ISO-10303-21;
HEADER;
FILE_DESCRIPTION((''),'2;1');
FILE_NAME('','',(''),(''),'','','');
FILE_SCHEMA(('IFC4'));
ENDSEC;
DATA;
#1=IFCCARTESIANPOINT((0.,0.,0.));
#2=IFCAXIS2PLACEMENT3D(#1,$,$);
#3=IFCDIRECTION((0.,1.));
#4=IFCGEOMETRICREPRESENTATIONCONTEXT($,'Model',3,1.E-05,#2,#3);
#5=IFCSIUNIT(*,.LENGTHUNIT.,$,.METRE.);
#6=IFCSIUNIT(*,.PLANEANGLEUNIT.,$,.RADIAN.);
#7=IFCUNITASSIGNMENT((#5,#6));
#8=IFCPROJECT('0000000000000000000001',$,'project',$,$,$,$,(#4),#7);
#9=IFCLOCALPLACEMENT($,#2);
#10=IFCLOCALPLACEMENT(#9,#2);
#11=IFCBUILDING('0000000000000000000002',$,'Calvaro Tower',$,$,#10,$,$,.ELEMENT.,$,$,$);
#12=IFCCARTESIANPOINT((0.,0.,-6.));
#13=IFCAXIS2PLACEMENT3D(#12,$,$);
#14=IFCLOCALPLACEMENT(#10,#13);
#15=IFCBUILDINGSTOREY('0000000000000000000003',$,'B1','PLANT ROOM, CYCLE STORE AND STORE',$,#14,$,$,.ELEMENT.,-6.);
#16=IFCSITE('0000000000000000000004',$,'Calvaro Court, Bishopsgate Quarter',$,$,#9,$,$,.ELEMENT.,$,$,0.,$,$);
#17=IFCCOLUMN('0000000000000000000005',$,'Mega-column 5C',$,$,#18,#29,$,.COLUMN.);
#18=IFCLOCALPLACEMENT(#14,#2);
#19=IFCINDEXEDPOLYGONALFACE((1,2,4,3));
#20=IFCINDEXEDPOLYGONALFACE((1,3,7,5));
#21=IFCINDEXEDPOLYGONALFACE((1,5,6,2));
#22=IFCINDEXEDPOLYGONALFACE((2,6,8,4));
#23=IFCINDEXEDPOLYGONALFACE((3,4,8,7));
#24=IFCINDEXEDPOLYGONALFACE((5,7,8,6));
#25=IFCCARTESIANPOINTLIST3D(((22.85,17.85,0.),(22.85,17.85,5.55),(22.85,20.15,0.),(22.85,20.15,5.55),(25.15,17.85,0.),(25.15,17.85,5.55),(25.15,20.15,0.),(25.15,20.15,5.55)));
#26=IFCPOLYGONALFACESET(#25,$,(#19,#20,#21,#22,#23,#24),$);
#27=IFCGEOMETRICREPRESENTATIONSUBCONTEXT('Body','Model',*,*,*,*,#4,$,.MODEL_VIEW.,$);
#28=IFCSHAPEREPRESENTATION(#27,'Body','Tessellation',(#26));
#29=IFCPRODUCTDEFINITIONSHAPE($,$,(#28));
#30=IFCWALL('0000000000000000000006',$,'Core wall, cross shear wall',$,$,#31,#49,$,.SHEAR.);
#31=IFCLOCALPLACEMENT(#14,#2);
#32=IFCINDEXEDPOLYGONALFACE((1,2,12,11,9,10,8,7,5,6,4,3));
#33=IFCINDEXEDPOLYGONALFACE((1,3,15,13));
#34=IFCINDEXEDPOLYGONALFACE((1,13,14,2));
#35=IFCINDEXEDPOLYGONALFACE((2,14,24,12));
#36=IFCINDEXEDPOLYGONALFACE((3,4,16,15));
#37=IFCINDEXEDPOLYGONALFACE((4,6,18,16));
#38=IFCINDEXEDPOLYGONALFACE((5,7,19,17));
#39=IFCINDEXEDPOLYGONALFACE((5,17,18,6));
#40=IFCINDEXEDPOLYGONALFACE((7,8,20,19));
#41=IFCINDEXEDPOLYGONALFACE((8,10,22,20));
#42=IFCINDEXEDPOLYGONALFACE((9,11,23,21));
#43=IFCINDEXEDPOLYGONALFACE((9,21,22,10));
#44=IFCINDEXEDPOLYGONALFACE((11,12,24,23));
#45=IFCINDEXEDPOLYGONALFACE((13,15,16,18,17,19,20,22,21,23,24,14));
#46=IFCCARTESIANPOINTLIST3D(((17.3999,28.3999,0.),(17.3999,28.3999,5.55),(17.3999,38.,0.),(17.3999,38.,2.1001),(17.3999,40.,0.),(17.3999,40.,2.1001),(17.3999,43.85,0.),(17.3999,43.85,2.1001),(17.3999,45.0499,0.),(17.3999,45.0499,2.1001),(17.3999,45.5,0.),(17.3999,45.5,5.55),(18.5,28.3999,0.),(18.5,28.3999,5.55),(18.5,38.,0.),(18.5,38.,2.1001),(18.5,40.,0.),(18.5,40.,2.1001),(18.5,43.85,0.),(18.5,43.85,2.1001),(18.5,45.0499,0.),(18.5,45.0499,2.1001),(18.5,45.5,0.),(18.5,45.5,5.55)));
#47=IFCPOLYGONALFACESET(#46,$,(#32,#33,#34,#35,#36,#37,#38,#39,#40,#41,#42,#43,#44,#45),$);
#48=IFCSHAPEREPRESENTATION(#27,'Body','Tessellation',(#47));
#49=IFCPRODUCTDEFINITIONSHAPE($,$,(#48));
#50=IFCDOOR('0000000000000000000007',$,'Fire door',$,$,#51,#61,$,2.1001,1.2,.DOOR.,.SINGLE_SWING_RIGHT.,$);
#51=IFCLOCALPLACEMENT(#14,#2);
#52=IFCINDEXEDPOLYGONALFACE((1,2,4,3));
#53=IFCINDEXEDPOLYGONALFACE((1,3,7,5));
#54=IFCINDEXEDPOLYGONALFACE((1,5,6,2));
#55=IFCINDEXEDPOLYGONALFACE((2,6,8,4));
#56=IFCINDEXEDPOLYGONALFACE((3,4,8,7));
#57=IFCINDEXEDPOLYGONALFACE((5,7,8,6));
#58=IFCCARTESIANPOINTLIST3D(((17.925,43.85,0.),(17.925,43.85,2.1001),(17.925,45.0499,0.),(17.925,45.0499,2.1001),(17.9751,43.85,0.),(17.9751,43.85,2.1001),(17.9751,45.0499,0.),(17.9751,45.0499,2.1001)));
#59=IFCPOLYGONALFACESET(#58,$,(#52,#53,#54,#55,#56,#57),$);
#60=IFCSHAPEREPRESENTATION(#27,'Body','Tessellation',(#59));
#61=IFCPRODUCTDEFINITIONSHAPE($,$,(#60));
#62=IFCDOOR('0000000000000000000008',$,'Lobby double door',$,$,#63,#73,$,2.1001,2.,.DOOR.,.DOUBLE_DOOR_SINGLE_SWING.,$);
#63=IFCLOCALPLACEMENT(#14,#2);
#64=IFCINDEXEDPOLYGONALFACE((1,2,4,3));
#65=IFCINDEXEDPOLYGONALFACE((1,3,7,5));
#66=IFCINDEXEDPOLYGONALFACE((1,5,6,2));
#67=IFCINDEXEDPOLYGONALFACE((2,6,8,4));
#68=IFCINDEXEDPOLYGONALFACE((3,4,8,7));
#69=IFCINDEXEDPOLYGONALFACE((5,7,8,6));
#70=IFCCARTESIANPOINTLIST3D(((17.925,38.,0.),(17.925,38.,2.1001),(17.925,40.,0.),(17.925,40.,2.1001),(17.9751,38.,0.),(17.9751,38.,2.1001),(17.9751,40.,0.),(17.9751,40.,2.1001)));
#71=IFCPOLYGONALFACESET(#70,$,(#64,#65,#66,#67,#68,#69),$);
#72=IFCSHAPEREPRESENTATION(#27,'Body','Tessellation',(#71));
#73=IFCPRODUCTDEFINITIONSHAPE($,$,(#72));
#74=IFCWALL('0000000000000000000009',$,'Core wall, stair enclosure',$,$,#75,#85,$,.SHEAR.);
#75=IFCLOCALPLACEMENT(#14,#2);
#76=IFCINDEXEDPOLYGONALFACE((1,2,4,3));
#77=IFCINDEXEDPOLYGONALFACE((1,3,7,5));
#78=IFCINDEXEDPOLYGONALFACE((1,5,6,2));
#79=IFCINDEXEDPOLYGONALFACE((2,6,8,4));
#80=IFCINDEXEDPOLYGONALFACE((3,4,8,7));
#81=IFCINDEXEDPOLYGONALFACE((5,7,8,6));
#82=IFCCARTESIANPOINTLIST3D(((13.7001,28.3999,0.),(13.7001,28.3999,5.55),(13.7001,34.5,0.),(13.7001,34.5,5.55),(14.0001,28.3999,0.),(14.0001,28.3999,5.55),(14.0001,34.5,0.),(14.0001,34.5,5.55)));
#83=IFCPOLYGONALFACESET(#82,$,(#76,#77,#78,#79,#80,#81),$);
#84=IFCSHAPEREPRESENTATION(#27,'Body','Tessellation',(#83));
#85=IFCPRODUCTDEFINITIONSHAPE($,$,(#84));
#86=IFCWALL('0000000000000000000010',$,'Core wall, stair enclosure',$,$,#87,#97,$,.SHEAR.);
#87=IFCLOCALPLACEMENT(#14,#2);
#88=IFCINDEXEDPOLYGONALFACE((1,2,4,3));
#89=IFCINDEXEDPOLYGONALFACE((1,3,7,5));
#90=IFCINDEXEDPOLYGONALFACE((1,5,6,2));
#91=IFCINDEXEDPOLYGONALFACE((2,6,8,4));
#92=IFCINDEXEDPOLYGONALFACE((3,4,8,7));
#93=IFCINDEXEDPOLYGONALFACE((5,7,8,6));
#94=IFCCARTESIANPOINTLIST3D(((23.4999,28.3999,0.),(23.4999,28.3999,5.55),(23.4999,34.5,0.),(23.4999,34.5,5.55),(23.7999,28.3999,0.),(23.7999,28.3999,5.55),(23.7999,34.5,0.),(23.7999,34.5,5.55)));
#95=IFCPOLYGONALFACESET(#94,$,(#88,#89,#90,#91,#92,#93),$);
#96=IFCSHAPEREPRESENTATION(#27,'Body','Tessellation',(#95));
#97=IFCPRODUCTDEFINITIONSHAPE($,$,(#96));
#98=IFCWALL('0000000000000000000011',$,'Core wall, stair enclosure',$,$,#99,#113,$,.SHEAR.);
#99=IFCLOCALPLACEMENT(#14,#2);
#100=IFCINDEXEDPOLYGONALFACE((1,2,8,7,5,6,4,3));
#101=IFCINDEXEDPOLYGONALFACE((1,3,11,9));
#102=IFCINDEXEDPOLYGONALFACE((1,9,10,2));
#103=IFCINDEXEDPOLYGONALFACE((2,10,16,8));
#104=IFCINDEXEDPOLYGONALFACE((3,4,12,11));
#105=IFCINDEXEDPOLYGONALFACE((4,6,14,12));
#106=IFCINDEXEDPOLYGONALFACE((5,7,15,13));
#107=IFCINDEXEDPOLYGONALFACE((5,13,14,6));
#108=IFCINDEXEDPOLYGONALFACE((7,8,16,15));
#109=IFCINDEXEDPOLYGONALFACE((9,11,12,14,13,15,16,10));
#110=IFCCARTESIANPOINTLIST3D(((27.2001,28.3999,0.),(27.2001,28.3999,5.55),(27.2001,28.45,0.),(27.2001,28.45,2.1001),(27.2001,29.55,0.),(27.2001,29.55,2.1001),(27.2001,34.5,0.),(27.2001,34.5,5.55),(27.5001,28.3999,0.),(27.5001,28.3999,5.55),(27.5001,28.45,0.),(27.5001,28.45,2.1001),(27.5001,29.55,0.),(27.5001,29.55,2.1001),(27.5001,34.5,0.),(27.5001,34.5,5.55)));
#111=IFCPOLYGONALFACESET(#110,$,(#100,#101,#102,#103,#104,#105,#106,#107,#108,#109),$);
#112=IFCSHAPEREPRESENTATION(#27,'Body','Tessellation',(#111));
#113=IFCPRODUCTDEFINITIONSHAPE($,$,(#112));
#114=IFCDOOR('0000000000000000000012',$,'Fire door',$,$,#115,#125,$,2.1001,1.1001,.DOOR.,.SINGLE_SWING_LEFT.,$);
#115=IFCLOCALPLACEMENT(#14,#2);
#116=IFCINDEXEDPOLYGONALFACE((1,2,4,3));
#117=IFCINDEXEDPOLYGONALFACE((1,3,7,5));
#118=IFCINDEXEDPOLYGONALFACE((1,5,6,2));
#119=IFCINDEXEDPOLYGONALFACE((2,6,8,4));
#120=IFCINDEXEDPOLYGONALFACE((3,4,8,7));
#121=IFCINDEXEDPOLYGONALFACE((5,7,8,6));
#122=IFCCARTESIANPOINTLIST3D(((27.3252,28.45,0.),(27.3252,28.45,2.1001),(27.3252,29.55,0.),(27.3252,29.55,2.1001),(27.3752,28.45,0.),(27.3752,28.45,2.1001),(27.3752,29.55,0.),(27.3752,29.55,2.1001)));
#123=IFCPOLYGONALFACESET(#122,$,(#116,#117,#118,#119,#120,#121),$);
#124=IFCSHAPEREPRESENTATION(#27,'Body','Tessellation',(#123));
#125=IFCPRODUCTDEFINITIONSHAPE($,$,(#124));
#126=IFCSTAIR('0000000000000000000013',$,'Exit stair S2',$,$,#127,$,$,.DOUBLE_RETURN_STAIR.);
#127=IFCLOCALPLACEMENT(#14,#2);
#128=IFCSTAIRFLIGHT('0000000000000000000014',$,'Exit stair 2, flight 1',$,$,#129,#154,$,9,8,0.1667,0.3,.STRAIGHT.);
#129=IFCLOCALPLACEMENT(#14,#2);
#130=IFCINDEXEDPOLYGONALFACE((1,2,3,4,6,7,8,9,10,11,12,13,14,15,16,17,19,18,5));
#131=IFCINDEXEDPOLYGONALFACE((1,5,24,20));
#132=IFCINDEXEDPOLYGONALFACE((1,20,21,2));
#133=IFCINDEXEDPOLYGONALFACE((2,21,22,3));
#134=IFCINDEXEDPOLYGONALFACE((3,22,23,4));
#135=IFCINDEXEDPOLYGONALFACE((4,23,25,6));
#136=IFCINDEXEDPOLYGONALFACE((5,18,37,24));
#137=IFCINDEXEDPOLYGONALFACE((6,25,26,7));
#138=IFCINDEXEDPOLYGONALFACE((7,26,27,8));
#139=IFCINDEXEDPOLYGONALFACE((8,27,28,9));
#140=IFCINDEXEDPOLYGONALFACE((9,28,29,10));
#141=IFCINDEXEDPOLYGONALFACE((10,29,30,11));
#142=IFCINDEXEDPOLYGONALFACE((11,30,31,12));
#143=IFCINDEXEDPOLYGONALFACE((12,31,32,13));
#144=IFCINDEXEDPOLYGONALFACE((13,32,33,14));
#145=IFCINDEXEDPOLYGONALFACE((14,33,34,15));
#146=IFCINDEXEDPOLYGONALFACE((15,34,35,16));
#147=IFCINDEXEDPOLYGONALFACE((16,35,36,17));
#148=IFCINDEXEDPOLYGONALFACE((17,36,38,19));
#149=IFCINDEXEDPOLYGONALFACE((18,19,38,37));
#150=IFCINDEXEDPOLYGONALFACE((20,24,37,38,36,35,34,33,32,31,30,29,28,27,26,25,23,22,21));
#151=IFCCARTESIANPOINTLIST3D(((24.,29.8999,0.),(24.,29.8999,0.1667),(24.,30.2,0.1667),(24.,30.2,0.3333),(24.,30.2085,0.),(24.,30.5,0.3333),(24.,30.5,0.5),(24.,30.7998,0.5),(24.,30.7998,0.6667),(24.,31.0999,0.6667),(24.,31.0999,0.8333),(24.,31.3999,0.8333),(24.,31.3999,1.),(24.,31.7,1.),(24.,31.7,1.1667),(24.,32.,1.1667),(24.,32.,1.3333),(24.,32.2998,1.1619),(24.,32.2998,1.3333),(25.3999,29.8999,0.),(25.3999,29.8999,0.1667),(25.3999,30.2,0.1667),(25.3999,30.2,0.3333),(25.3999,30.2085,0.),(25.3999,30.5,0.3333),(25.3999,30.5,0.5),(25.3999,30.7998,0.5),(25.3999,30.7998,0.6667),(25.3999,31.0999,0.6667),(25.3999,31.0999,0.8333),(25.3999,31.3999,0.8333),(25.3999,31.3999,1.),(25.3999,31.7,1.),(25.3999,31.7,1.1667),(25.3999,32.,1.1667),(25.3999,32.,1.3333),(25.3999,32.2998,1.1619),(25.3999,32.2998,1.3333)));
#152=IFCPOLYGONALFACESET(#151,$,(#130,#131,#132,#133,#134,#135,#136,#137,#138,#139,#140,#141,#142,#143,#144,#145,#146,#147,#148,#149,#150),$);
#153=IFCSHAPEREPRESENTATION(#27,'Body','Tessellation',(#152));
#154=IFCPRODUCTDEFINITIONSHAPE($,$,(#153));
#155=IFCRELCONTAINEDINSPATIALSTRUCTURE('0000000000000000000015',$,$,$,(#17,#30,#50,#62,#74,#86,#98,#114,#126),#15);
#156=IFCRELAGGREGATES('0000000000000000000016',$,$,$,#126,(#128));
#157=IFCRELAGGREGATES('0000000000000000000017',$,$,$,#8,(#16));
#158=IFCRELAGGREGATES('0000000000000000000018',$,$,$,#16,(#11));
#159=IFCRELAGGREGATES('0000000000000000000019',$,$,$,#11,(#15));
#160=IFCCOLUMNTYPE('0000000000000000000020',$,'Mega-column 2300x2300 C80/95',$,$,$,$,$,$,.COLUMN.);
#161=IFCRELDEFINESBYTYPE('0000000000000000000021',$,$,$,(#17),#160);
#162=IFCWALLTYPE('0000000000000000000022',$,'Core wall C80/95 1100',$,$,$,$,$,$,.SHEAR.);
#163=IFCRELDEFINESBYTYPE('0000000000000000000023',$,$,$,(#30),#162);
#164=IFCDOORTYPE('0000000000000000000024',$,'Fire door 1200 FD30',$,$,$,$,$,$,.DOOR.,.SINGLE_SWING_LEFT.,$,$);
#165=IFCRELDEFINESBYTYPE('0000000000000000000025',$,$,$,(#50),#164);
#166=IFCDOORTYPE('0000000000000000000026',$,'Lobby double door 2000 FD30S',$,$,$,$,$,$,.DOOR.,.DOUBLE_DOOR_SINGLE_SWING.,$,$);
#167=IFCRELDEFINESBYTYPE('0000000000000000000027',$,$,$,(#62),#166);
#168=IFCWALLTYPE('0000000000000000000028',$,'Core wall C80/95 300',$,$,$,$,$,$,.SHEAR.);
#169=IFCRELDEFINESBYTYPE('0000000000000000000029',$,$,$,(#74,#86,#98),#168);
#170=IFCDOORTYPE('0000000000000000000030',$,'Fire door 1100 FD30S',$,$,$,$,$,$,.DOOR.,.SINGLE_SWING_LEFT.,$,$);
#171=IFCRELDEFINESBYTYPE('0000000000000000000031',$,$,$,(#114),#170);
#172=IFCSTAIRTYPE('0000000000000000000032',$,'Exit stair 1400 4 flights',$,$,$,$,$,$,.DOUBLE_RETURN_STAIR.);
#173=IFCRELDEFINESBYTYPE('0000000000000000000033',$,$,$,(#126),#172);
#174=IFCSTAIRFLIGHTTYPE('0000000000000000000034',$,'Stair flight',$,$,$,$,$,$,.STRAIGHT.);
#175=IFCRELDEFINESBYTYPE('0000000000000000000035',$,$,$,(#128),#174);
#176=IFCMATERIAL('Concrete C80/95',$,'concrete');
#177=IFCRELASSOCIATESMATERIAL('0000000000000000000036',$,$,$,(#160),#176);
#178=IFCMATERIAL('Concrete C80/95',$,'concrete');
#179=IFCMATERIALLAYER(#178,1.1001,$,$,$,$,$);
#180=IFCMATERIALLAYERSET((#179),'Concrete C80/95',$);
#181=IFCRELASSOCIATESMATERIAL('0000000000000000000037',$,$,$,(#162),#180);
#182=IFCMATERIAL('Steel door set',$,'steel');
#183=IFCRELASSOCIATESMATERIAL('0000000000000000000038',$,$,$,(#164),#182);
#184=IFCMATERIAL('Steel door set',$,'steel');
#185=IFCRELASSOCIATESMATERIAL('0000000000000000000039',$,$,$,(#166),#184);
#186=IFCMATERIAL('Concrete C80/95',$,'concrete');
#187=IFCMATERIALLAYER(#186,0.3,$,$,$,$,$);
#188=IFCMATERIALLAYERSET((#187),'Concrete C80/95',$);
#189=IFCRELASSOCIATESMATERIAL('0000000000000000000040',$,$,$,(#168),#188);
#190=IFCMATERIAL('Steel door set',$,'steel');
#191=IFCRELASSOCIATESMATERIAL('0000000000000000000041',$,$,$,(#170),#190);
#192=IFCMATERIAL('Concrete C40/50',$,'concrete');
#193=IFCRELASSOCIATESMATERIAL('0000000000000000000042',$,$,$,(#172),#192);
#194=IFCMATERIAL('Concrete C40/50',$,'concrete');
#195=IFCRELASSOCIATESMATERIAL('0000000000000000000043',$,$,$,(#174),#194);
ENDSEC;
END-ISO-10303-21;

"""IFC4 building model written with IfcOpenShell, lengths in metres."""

from ifc_helpers import new_model, si_unit, direction, frame, frame_2d, origin, origin_2d, place, context, subcontext, project, spatial, polyline, rectangle, outline, extrude, material, layer, layer_set, material_profile, profile_set, type_object, element, fill, aggregate, save


model = new_model("IFC4")

# Units and contexts
model_context = context("Model", 3, precision=1e-05, world=origin(), true_north=direction((0.0, 1.0)))
body_context = subcontext(model_context, "Body", "Model", "MODEL_VIEW")
ifc_project = project(units=[si_unit("LENGTHUNIT", "METRE"), si_unit("PLANEANGLEUNIT", "RADIAN")], contexts=[model_context])

# Site, building, storey
site_placement = place(None, origin())
site = spatial("IfcSite", under=ifc_project, at=site_placement, Name="Calvaro Court, Bishopsgate Quarter", CompositionType="ELEMENT", RefElevation=0.0)
building_placement = place(site_placement, origin())
building = spatial("IfcBuilding", under=site, at=building_placement, Name="Calvaro Tower", CompositionType="ELEMENT")
storey_placement = place(building_placement, frame((0.0, 0.0, -6.0)))
storey = spatial("IfcBuildingStorey", under=building, at=storey_placement, Name="B1", Description="PLANT ROOM, CYCLE STORE AND STORE", CompositionType="ELEMENT", Elevation=-6.0)

# Column
ifc_material_1 = material(Name="Concrete C80/95", Category="concrete")
ifc_material_profile = material_profile(ifc_material_1, rectangle(XDim=2.3, YDim=2.3, at=origin_2d()), Name="RC 2300x2300")
ifc_profile_set = profile_set([ifc_material_profile], Name="Concrete C80/95")
column_type = type_object("IfcColumnType", Name="Mega-column 2300x2300 C80/95", PredefinedType="COLUMN", material=ifc_profile_set)
column_placement = place(storey_placement, frame((24.0, 19.0, 0.0), z_axis=(0.0, 0.0, 1.0), x_axis=(1.0, 0.0, 0.0)))
element("IfcColumn", 1, at=column_placement, inside=storey, type_object=column_type, Name="Mega-column 5C", PredefinedType="COLUMN", context=body_context, shape_type="SweptSolid", body=[
    extrude(rectangle(XDim=2.3, YDim=2.3, at=origin_2d()), origin(), (0.0, 0.0, 1.0), 5.55),
])

# Wall, openings, doors
ifc_material_2 = material(Name="Concrete C80/95", Category="concrete")
ifc_layer_1 = layer(ifc_material_2, 1.1001)
ifc_layer_set_1 = layer_set([ifc_layer_1], Name="Concrete C80/95")
wall_type_1 = type_object("IfcWallType", Name="Core wall C80/95 1100", PredefinedType="SHEAR", material=ifc_layer_set_1)
wall_1_placement = place(storey_placement, frame((17.95, 28.3999, 0.0), z_axis=(0.0, 0.0, 1.0), x_axis=(0.0, 1.0, 0.0)))
wall_1 = element("IfcWall", 2, at=wall_1_placement, inside=storey, type_object=wall_type_1, Name="Core wall, cross shear wall", PredefinedType="SHEAR", context=body_context, shape_type="SweptSolid", body=[
    extrude(rectangle(XDim=17.1001, YDim=1.1001, at=frame_2d((8.55, 0.0))), origin(), (0.0, 0.0, 1.0), 5.55),
])
opening_1_placement = place(wall_1_placement, frame((9.6001, 0.0, 0.0)))
opening_1 = element("IfcOpeningElement", 3, at=opening_1_placement, cuts=wall_1, PredefinedType="OPENING", context=body_context, shape_type="SweptSolid", body=[
    extrude(rectangle(XDim=2.0, YDim=2.1001, at=frame_2d((1.0, 1.05))), frame((0.0, 0.5601, 0.0), z_axis=(0.0, -1.0, 0.0), x_axis=(1.0, 0.0, 0.0)), (0.0, 0.0, 1.0), 1.1201),
])
opening_2_placement = place(wall_1_placement, frame((15.45, 0.0, 0.0)))
opening_2 = element("IfcOpeningElement", 4, at=opening_2_placement, cuts=wall_1, PredefinedType="OPENING", context=body_context, shape_type="SweptSolid", body=[
    extrude(rectangle(XDim=1.2, YDim=2.1001, at=frame_2d((0.6001, 1.05))), frame((0.0, 0.5601, 0.0), z_axis=(0.0, -1.0, 0.0), x_axis=(1.0, 0.0, 0.0)), (0.0, 0.0, 1.0), 1.1201),
])
ifc_material_3 = material(Name="Steel door set", Category="steel")
door_type_1 = type_object("IfcDoorType", Name="Fire door 1200 FD30", OperationType="SINGLE_SWING_LEFT", PredefinedType="DOOR", material=ifc_material_3)
door_1_placement = place(opening_2_placement, origin())
door_1 = element("IfcDoor", 5, at=door_1_placement, inside=storey, type_object=door_type_1, Name="Fire door", OperationType="SINGLE_SWING_RIGHT", OverallHeight=2.1001, OverallWidth=1.2, PredefinedType="DOOR", context=body_context, shape_type="SweptSolid", body=[
    extrude(rectangle(XDim=1.2, YDim=2.1001, at=frame_2d((0.6001, 1.05))), frame((0.0, 0.0249, 0.0), z_axis=(0.0, -1.0, 0.0), x_axis=(1.0, 0.0, 0.0)), (0.0, 0.0, 1.0), 0.05),
])
fill(opening_2, door_1)
ifc_material_4 = material(Name="Steel door set", Category="steel")
door_type_2 = type_object("IfcDoorType", Name="Lobby double door 2000 FD30S", OperationType="DOUBLE_DOOR_SINGLE_SWING", PredefinedType="DOOR", material=ifc_material_4)
door_2_placement = place(opening_1_placement, origin())
door_2 = element("IfcDoor", 6, at=door_2_placement, inside=storey, type_object=door_type_2, Name="Lobby double door", OperationType="DOUBLE_DOOR_SINGLE_SWING", OverallHeight=2.1001, OverallWidth=2.0, PredefinedType="DOOR", context=body_context, shape_type="SweptSolid", body=[
    extrude(rectangle(XDim=2.0, YDim=2.1001, at=frame_2d((1.0, 1.05))), frame((0.0, 0.0249, 0.0), z_axis=(0.0, -1.0, 0.0), x_axis=(1.0, 0.0, 0.0)), (0.0, 0.0, 1.0), 0.05),
])
fill(opening_1, door_2)

# Walls
ifc_material_5 = material(Name="Concrete C80/95", Category="concrete")
ifc_layer_2 = layer(ifc_material_5, 0.3)
ifc_layer_set_2 = layer_set([ifc_layer_2], Name="Concrete C80/95")
wall_type_2 = type_object("IfcWallType", Name="Core wall C80/95 300", PredefinedType="SHEAR", material=ifc_layer_set_2)
for number, where, z_axis, x_axis, name in (
    (7, (13.8501, 28.3999, 0.0), (0.0, 0.0, 1.0), (0.0, 1.0, 0.0), "Core wall, stair enclosure"),
    (8, (23.6499, 28.3999, 0.0), (0.0, 0.0, 1.0), (0.0, 1.0, 0.0), "Core wall, stair enclosure"),
):
    element("IfcWall", number, at=place(storey_placement, frame(where, z_axis=z_axis, x_axis=x_axis)), inside=storey, type_object=wall_type_2, Name=name, PredefinedType="SHEAR", context=body_context, shape_type="SweptSolid", body=[
        extrude(rectangle(XDim=6.1001, YDim=0.3, at=frame_2d((3.05, 0.0))), origin(), (0.0, 0.0, 1.0), 5.55),
    ])

# Wall, opening, door
wall_2_placement = place(storey_placement, frame((27.3501, 28.3999, 0.0), z_axis=(0.0, 0.0, 1.0), x_axis=(0.0, 1.0, 0.0)))
wall_2 = element("IfcWall", 9, at=wall_2_placement, inside=storey, type_object=wall_type_2, Name="Core wall, stair enclosure", PredefinedType="SHEAR", context=body_context, shape_type="SweptSolid", body=[
    extrude(rectangle(XDim=6.1001, YDim=0.3, at=frame_2d((3.05, 0.0))), origin(), (0.0, 0.0, 1.0), 5.55),
])
opening_3_placement = place(wall_2_placement, frame((0.05, 0.0, 0.0)))
opening_3 = element("IfcOpeningElement", 10, at=opening_3_placement, cuts=wall_2, PredefinedType="OPENING", context=body_context, shape_type="SweptSolid", body=[
    extrude(rectangle(XDim=1.1001, YDim=2.1001, at=frame_2d((0.55, 1.05))), frame((0.0, 0.1599, 0.0), z_axis=(0.0, -1.0, 0.0), x_axis=(1.0, 0.0, 0.0)), (0.0, 0.0, 1.0), 0.3201),
])
ifc_material_6 = material(Name="Steel door set", Category="steel")
door_type_3 = type_object("IfcDoorType", Name="Fire door 1100 FD30S", OperationType="SINGLE_SWING_LEFT", PredefinedType="DOOR", material=ifc_material_6)
door_3_placement = place(opening_3_placement, origin())
door_3 = element("IfcDoor", 11, at=door_3_placement, inside=storey, type_object=door_type_3, Name="Fire door", OperationType="SINGLE_SWING_LEFT", OverallHeight=2.1001, OverallWidth=1.1001, PredefinedType="DOOR", context=body_context, shape_type="SweptSolid", body=[
    extrude(rectangle(XDim=1.1001, YDim=2.1001, at=frame_2d((0.55, 1.05))), frame((0.0, 0.0249, 0.0), z_axis=(0.0, -1.0, 0.0), x_axis=(1.0, 0.0, 0.0)), (0.0, 0.0, 1.0), 0.05),
])
fill(opening_3, door_3)

# Stair, stair flight
ifc_material_7 = material(Name="Concrete C40/50", Category="concrete")
stair_type = type_object("IfcStairType", Name="Exit stair 1400 4 flights", PredefinedType="DOUBLE_RETURN_STAIR", material=ifc_material_7)
stair_placement = place(storey_placement, origin())
stair = element("IfcStair", 12, at=stair_placement, inside=storey, type_object=stair_type, Name="Exit stair S2", PredefinedType="DOUBLE_RETURN_STAIR")
ifc_material_8 = material(Name="Concrete C40/50", Category="concrete")
stair_flight_type = type_object("IfcStairFlightType", Name="Stair flight", PredefinedType="STRAIGHT", material=ifc_material_8)
stair_flight_1_placement = place(storey_placement, frame((24.7, 29.8999, 0.0), z_axis=(0.0, 0.0, 1.0), x_axis=(0.0, 1.0, 0.0)))
stair_flight_1 = element("IfcStairFlight", 13, at=stair_flight_1_placement, type_object=stair_flight_type, Name="Exit stair 2, flight 1", NumberOfRisers=9, NumberOfTreads=8, PredefinedType="STRAIGHT", RiserHeight=0.1667, TreadLength=0.3, context=body_context, shape_type="SweptSolid", body=[
    extrude(outline(polyline([(0.0, 0.0), (0.0, 0.1667), (0.3, 0.1667), (0.3, 0.3333), (0.6001, 0.3333), (0.6001, 0.5), (0.8999, 0.5), (0.8999, 0.6667), (1.2, 0.6667), (1.2, 0.8333), (1.5, 0.8333), (1.5, 1.0), (1.8, 1.0), (1.8, 1.1667), (2.1001, 1.1667), (2.1001, 1.3333), (2.3999, 1.3333), (2.3999, 1.5), (2.3999, 1.1619), (0.3086, 0.0), (0.0, 0.0)])), frame((0.0, 0.7, 0.0), z_axis=(0.0, -1.0, 0.0), x_axis=(1.0, 0.0, 0.0)), (0.0, 0.0, 1.0), 1.3999),
])
aggregate(stair, [stair_flight_1])

save(model, "model.ifc")
